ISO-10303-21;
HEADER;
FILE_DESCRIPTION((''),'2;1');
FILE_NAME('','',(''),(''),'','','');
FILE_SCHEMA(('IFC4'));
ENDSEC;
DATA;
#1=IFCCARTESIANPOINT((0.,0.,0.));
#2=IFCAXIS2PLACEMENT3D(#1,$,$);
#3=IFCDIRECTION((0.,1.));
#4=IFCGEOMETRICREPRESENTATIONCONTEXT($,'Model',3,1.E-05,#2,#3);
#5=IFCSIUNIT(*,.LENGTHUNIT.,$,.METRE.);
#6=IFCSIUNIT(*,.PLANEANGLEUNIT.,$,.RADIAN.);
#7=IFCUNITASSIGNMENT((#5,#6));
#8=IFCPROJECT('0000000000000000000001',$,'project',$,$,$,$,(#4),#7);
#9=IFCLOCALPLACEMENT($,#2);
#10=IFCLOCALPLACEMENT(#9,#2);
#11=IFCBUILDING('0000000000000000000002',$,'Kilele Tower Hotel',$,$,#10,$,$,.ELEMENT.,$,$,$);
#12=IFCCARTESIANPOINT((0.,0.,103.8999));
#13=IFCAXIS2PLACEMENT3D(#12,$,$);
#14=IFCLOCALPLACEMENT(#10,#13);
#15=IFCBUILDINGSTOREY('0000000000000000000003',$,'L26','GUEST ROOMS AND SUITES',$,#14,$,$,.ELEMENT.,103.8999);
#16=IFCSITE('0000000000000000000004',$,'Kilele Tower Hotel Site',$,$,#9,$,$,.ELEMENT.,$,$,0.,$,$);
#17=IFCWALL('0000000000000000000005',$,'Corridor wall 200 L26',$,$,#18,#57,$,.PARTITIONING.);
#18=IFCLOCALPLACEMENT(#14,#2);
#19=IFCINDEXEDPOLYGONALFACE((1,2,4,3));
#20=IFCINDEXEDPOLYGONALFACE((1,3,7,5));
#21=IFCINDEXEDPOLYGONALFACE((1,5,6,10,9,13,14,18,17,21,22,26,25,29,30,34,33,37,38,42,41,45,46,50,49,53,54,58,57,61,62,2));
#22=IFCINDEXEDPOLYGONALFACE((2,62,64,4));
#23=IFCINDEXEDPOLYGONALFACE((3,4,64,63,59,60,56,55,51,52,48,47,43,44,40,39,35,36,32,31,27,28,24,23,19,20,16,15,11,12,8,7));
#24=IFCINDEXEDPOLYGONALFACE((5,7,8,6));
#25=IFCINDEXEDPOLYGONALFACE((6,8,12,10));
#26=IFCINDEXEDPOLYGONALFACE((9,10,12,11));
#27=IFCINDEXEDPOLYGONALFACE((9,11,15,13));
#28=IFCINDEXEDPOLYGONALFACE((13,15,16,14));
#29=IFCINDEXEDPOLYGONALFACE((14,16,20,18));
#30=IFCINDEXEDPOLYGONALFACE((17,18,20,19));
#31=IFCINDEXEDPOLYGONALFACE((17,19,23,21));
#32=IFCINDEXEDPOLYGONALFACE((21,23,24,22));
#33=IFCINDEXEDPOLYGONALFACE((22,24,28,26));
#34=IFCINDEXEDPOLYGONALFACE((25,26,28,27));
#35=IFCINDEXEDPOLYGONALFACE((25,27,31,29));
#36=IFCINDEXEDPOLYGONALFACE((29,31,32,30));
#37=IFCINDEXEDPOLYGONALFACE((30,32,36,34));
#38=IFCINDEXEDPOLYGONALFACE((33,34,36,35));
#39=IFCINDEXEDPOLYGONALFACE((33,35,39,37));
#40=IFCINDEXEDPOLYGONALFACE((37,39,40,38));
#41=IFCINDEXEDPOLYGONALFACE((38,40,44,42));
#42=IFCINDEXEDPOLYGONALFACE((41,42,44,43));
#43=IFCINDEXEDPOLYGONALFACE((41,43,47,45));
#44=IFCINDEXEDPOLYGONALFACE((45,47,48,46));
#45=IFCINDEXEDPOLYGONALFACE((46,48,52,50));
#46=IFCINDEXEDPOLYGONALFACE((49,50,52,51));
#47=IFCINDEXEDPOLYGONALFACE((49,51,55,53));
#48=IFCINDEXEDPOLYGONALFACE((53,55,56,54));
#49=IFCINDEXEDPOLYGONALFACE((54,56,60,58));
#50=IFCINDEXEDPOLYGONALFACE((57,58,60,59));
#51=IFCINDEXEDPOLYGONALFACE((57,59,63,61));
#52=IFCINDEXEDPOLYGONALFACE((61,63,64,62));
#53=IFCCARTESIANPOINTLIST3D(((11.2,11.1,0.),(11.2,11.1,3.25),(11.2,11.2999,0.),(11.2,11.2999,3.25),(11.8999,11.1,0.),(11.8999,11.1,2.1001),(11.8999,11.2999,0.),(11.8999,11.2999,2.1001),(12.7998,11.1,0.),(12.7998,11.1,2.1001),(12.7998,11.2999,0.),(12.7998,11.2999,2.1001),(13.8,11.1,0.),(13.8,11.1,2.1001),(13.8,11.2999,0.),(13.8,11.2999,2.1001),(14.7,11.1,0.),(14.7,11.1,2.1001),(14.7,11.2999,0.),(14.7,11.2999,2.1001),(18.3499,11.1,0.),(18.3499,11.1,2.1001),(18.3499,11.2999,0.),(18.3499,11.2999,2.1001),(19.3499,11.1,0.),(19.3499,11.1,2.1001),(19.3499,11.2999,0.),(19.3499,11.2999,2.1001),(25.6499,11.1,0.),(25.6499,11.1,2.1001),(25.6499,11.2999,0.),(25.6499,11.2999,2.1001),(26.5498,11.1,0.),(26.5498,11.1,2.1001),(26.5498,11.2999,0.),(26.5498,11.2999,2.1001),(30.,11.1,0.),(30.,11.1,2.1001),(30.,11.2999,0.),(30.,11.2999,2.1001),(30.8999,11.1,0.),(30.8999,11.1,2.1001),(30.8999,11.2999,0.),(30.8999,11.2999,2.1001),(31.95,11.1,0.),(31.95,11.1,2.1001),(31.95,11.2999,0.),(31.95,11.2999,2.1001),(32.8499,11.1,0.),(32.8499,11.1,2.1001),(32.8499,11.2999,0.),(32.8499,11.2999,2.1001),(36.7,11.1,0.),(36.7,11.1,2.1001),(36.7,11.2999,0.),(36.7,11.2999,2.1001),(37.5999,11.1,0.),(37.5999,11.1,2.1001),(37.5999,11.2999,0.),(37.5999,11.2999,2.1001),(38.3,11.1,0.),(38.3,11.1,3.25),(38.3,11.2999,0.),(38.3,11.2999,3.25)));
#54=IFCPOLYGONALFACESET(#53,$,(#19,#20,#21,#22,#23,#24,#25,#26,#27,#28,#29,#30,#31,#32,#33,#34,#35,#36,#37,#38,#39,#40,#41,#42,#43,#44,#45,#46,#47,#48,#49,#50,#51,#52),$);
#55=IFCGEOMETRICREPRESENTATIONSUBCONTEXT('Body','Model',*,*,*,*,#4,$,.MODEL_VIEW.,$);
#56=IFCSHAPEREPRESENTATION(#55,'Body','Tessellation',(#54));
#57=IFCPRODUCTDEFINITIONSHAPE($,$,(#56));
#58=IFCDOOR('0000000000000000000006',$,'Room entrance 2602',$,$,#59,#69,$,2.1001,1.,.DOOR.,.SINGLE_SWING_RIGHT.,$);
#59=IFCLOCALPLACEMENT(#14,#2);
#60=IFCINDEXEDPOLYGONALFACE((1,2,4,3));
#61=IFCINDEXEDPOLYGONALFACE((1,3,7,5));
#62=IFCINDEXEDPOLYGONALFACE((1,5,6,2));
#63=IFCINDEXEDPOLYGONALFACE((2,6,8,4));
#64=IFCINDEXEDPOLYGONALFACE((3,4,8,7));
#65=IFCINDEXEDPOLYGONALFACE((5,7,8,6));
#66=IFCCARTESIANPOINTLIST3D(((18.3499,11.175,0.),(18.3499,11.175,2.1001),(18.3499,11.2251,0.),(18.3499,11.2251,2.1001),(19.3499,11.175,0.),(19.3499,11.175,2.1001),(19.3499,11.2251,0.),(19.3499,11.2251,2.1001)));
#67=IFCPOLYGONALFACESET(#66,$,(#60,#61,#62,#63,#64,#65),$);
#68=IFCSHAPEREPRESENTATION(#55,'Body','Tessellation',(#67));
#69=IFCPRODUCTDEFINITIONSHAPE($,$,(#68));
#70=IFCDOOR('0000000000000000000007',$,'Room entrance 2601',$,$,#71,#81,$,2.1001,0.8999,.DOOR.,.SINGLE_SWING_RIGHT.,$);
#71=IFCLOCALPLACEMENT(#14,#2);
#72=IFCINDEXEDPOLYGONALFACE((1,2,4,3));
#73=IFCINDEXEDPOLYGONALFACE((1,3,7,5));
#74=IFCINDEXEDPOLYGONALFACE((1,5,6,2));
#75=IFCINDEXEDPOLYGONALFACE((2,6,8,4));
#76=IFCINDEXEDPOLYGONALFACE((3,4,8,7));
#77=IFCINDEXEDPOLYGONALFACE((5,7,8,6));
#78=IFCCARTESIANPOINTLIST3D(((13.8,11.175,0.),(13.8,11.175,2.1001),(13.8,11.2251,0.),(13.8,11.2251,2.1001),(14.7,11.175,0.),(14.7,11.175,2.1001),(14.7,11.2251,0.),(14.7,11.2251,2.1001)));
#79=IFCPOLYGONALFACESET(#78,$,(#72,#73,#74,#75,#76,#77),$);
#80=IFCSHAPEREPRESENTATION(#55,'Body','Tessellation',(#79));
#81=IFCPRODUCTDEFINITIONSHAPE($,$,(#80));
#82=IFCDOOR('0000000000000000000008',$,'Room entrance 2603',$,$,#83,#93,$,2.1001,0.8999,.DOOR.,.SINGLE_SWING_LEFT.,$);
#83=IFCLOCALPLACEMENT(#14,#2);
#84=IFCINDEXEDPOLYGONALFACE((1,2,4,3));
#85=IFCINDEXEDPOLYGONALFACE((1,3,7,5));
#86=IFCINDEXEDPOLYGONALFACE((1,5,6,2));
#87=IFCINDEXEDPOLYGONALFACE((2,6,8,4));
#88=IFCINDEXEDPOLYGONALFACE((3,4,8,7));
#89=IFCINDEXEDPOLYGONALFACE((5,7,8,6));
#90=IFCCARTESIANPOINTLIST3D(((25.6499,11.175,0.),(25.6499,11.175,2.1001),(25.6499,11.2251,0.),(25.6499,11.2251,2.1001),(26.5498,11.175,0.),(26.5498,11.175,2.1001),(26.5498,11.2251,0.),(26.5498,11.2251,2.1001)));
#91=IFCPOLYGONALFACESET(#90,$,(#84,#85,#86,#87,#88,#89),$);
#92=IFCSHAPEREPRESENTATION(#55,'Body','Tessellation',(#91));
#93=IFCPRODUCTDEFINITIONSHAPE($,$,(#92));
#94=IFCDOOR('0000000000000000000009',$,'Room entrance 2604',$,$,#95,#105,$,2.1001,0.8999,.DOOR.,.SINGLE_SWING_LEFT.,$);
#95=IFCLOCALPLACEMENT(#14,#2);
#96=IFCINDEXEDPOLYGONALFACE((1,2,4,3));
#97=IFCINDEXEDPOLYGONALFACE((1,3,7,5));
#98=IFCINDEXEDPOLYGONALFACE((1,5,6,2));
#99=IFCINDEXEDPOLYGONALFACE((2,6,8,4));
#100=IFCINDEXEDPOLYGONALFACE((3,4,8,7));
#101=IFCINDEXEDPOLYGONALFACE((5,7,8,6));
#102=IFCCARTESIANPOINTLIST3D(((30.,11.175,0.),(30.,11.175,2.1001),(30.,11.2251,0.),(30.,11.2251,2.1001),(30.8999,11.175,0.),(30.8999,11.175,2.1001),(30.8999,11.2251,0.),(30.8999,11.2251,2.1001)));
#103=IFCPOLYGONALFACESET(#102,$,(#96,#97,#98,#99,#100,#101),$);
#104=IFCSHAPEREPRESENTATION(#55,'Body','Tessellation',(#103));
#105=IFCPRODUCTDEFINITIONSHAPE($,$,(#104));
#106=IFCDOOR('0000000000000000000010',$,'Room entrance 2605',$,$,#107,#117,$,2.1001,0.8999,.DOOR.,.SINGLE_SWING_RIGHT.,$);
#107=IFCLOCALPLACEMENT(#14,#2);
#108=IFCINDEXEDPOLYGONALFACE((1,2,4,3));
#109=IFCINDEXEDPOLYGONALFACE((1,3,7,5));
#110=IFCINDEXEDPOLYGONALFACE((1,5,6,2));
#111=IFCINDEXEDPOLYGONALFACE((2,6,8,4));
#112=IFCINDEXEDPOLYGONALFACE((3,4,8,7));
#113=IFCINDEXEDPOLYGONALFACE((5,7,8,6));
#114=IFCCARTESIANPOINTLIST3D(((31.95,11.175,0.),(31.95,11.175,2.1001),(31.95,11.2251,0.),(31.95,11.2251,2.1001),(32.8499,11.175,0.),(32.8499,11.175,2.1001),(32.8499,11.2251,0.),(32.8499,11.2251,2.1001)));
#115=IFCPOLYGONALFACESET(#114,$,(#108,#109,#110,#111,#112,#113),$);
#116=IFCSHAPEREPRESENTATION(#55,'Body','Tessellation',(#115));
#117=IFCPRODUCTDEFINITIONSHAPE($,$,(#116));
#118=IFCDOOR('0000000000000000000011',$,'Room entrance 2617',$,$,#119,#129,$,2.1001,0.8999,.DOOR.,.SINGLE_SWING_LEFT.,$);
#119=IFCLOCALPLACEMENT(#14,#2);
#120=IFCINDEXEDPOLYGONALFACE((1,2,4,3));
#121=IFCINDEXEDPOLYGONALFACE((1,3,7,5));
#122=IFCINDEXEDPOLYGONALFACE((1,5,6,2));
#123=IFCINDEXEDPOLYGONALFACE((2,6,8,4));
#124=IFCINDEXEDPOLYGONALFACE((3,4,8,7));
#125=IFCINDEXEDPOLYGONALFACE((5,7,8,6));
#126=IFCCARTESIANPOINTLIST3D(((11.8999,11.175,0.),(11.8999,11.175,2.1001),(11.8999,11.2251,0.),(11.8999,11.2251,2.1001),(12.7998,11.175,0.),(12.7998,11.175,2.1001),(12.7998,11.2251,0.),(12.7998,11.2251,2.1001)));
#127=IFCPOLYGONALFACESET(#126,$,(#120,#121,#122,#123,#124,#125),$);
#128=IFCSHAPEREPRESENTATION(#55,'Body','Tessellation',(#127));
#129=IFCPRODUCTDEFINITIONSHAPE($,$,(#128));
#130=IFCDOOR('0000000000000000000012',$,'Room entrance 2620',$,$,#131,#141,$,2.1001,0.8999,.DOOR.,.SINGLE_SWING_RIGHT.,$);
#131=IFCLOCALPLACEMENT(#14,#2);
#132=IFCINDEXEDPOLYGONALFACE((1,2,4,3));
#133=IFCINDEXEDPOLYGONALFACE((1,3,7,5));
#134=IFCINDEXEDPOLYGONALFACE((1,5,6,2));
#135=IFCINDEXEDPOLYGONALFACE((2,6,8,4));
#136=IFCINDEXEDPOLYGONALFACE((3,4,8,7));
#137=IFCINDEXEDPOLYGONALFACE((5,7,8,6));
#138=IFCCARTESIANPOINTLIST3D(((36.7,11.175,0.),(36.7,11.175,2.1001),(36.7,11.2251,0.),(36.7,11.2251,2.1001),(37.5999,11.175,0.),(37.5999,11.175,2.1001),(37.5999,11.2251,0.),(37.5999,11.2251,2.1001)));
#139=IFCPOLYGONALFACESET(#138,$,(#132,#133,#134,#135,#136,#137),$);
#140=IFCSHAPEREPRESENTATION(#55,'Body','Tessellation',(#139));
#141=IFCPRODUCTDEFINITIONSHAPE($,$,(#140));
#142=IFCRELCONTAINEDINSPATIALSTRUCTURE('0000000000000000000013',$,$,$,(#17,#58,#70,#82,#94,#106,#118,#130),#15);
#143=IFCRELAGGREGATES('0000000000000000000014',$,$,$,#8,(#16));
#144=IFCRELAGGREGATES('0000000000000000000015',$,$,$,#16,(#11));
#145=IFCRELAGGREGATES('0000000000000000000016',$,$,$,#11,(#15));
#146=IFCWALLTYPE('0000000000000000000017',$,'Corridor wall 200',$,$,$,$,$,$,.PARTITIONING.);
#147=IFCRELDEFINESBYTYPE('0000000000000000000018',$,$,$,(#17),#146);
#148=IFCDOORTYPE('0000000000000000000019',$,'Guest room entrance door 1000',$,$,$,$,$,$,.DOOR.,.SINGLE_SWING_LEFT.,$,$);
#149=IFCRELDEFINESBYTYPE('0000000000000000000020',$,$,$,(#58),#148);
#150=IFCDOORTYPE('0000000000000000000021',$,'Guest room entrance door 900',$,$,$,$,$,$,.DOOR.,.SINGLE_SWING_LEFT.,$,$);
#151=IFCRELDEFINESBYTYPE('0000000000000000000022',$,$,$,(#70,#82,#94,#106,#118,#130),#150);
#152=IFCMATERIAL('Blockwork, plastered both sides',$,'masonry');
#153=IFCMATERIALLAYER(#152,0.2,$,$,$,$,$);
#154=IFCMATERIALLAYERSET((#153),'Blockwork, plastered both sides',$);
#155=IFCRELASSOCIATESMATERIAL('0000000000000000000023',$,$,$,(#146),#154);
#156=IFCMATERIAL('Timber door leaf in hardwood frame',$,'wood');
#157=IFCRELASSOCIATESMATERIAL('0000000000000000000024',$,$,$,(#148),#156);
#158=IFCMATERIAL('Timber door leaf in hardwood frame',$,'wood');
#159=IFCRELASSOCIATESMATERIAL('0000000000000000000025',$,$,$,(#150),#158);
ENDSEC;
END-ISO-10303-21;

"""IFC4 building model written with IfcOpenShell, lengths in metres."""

from ifc_helpers import new_model, si_unit, direction, frame, frame_2d, origin, place, context, subcontext, project, spatial, rectangle, extrude, material, layer, layer_set, type_object, element, fill, save


model = new_model("IFC4")

# Units and contexts
model_context = context("Model", 3, precision=1e-05, world=origin(), true_north=direction((0.0, 1.0)))
body_context = subcontext(model_context, "Body", "Model", "MODEL_VIEW")
ifc_project = project(units=[si_unit("LENGTHUNIT", "METRE"), si_unit("PLANEANGLEUNIT", "RADIAN")], contexts=[model_context])

# Site, building, storey
site_placement = place(None, origin())
site = spatial("IfcSite", under=ifc_project, at=site_placement, Name="Kilele Tower Hotel Site", CompositionType="ELEMENT", RefElevation=0.0)
building_placement = place(site_placement, origin())
building = spatial("IfcBuilding", under=site, at=building_placement, Name="Kilele Tower Hotel", CompositionType="ELEMENT")
storey_placement = place(building_placement, frame((0.0, 0.0, 103.8999)))
storey = spatial("IfcBuildingStorey", under=building, at=storey_placement, Name="L26", Description="GUEST ROOMS AND SUITES", CompositionType="ELEMENT", Elevation=103.8999)

# Wall, openings, doors
ifc_material_1 = material(Name="Blockwork, plastered both sides", Category="masonry")
ifc_layer_1 = layer(ifc_material_1, 0.2)
ifc_layer_set_1 = layer_set([ifc_layer_1], Name="Blockwork, plastered both sides")
wall_type_1 = type_object("IfcWallType", Name="Corridor wall 200", PredefinedType="PARTITIONING", material=ifc_layer_set_1)
wall_1_placement = place(storey_placement, frame((11.2, 11.2, 0.0), z_axis=(0.0, 0.0, 1.0), x_axis=(1.0, 0.0, 0.0)))
wall_1 = element("IfcWall", 1, at=wall_1_placement, inside=storey, type_object=wall_type_1, Name="Corridor wall 200 L26", PredefinedType="PARTITIONING", context=body_context, shape_type="SweptSolid", body=[
    extrude(rectangle(XDim=27.1001, YDim=0.2, at=frame_2d((13.55, 0.0))), origin(), (0.0, 0.0, 1.0), 3.25),
])
opening_1_placement = place(wall_1_placement, frame((3.5, 0.0, 0.0), z_axis=(0.0, 0.0, 1.0), x_axis=(-1.0, 0.0, 0.0)))
opening_1 = element("IfcOpeningElement", 2, at=opening_1_placement, cuts=wall_1, PredefinedType="OPENING", context=body_context, shape_type="SweptSolid", body=[
    extrude(rectangle(XDim=0.8999, YDim=2.1001, at=frame_2d((0.45, 1.05))), frame((0.0, 0.1099, 0.0), z_axis=(0.0, -1.0, 0.0), x_axis=(1.0, 0.0, 0.0)), (0.0, 0.0, 1.0), 0.22),
])
opening_2_placement = place(wall_1_placement, frame((8.1499, 0.0, 0.0), z_axis=(0.0, 0.0, 1.0), x_axis=(-1.0, 0.0, 0.0)))
opening_2 = element("IfcOpeningElement", 3, at=opening_2_placement, cuts=wall_1, PredefinedType="OPENING", context=body_context, shape_type="SweptSolid", body=[
    extrude(rectangle(XDim=1.0, YDim=2.1001, at=frame_2d((0.5, 1.05))), frame((0.0, 0.1099, 0.0), z_axis=(0.0, -1.0, 0.0), x_axis=(1.0, 0.0, 0.0)), (0.0, 0.0, 1.0), 0.22),
])
opening_3_placement = place(wall_1_placement, frame((15.3499, 0.0, 0.0), z_axis=(0.0, 0.0, 1.0), x_axis=(-1.0, 0.0, 0.0)))
opening_3 = element("IfcOpeningElement", 4, at=opening_3_placement, cuts=wall_1, PredefinedType="OPENING", context=body_context, shape_type="SweptSolid", body=[
    extrude(rectangle(XDim=0.8999, YDim=2.1001, at=frame_2d((0.45, 1.05))), frame((0.0, 0.1099, 0.0), z_axis=(0.0, -1.0, 0.0), x_axis=(1.0, 0.0, 0.0)), (0.0, 0.0, 1.0), 0.22),
])
opening_4_placement = place(wall_1_placement, frame((19.7, 0.0, 0.0), z_axis=(0.0, 0.0, 1.0), x_axis=(-1.0, 0.0, 0.0)))
opening_4 = element("IfcOpeningElement", 5, at=opening_4_placement, cuts=wall_1, PredefinedType="OPENING", context=body_context, shape_type="SweptSolid", body=[
    extrude(rectangle(XDim=0.8999, YDim=2.1001, at=frame_2d((0.45, 1.05))), frame((0.0, 0.1099, 0.0), z_axis=(0.0, -1.0, 0.0), x_axis=(1.0, 0.0, 0.0)), (0.0, 0.0, 1.0), 0.22),
])
opening_5_placement = place(wall_1_placement, frame((21.6499, 0.0, 0.0), z_axis=(0.0, 0.0, 1.0), x_axis=(-1.0, 0.0, 0.0)))
opening_5 = element("IfcOpeningElement", 6, at=opening_5_placement, cuts=wall_1, PredefinedType="OPENING", context=body_context, shape_type="SweptSolid", body=[
    extrude(rectangle(XDim=0.8999, YDim=2.1001, at=frame_2d((0.45, 1.05))), frame((0.0, 0.1099, 0.0), z_axis=(0.0, -1.0, 0.0), x_axis=(1.0, 0.0, 0.0)), (0.0, 0.0, 1.0), 0.22),
])
opening_6_placement = place(wall_1_placement, frame((1.5999, 0.0, 0.0), z_axis=(0.0, 0.0, 1.0), x_axis=(-1.0, 0.0, 0.0)))
opening_6 = element("IfcOpeningElement", 7, at=opening_6_placement, cuts=wall_1, PredefinedType="OPENING", context=body_context, shape_type="SweptSolid", body=[
    extrude(rectangle(XDim=0.8999, YDim=2.1001, at=frame_2d((0.45, 1.05))), frame((0.0, 0.1099, 0.0), z_axis=(0.0, -1.0, 0.0), x_axis=(1.0, 0.0, 0.0)), (0.0, 0.0, 1.0), 0.22),
])
opening_7_placement = place(wall_1_placement, frame((26.3999, 0.0, 0.0), z_axis=(0.0, 0.0, 1.0), x_axis=(-1.0, 0.0, 0.0)))
opening_7 = element("IfcOpeningElement", 8, at=opening_7_placement, cuts=wall_1, PredefinedType="OPENING", context=body_context, shape_type="SweptSolid", body=[
    extrude(rectangle(XDim=0.8999, YDim=2.1001, at=frame_2d((0.45, 1.05))), frame((0.0, 0.1099, 0.0), z_axis=(0.0, -1.0, 0.0), x_axis=(1.0, 0.0, 0.0)), (0.0, 0.0, 1.0), 0.22),
])
ifc_material_2 = material(Name="Timber door leaf in hardwood frame", Category="wood")
door_type_1 = type_object("IfcDoorType", Name="Guest room entrance door 1000", OperationType="SINGLE_SWING_LEFT", PredefinedType="DOOR", material=ifc_material_2)
door_1_placement = place(opening_2_placement, origin())
door_1 = element("IfcDoor", 9, at=door_1_placement, inside=storey, type_object=door_type_1, Name="Room entrance 2602", OperationType="SINGLE_SWING_RIGHT", OverallHeight=2.1001, OverallWidth=1.0, PredefinedType="DOOR", context=body_context, shape_type="SweptSolid", body=[
    extrude(rectangle(XDim=1.0, YDim=2.1001, at=frame_2d((0.5, 1.05))), frame((0.0, 0.0249, 0.0), z_axis=(0.0, -1.0, 0.0), x_axis=(1.0, 0.0, 0.0)), (0.0, 0.0, 1.0), 0.05),
])
fill(opening_2, door_1)
ifc_material_3 = material(Name="Timber door leaf in hardwood frame", Category="wood")
door_type_2 = type_object("IfcDoorType", Name="Guest room entrance door 900", OperationType="SINGLE_SWING_LEFT", PredefinedType="DOOR", material=ifc_material_3)
door_2_placement = place(opening_1_placement, origin())
door_2 = element("IfcDoor", 10, at=door_2_placement, inside=storey, type_object=door_type_2, Name="Room entrance 2601", OperationType="SINGLE_SWING_RIGHT", OverallHeight=2.1001, OverallWidth=0.8999, PredefinedType="DOOR", context=body_context, shape_type="SweptSolid", body=[
    extrude(rectangle(XDim=0.8999, YDim=2.1001, at=frame_2d((0.45, 1.05))), frame((0.0, 0.0249, 0.0), z_axis=(0.0, -1.0, 0.0), x_axis=(1.0, 0.0, 0.0)), (0.0, 0.0, 1.0), 0.05),
])
fill(opening_1, door_2)
door_3_placement = place(opening_3_placement, origin())
door_3 = element("IfcDoor", 11, at=door_3_placement, inside=storey, type_object=door_type_2, Name="Room entrance 2603", OperationType="SINGLE_SWING_LEFT", OverallHeight=2.1001, OverallWidth=0.8999, PredefinedType="DOOR", context=body_context, shape_type="SweptSolid", body=[
    extrude(rectangle(XDim=0.8999, YDim=2.1001, at=frame_2d((0.45, 1.05))), frame((0.0, 0.0249, 0.0), z_axis=(0.0, -1.0, 0.0), x_axis=(1.0, 0.0, 0.0)), (0.0, 0.0, 1.0), 0.05),
])
fill(opening_3, door_3)
door_4_placement = place(opening_4_placement, origin())
door_4 = element("IfcDoor", 12, at=door_4_placement, inside=storey, type_object=door_type_2, Name="Room entrance 2604", OperationType="SINGLE_SWING_LEFT", OverallHeight=2.1001, OverallWidth=0.8999, PredefinedType="DOOR", context=body_context, shape_type="SweptSolid", body=[
    extrude(rectangle(XDim=0.8999, YDim=2.1001, at=frame_2d((0.45, 1.05))), frame((0.0, 0.0249, 0.0), z_axis=(0.0, -1.0, 0.0), x_axis=(1.0, 0.0, 0.0)), (0.0, 0.0, 1.0), 0.05),
])
fill(opening_4, door_4)
door_5_placement = place(opening_5_placement, origin())
door_5 = element("IfcDoor", 13, at=door_5_placement, inside=storey, type_object=door_type_2, Name="Room entrance 2605", OperationType="SINGLE_SWING_RIGHT", OverallHeight=2.1001, OverallWidth=0.8999, PredefinedType="DOOR", context=body_context, shape_type="SweptSolid", body=[
    extrude(rectangle(XDim=0.8999, YDim=2.1001, at=frame_2d((0.45, 1.05))), frame((0.0, 0.0249, 0.0), z_axis=(0.0, -1.0, 0.0), x_axis=(1.0, 0.0, 0.0)), (0.0, 0.0, 1.0), 0.05),
])
fill(opening_5, door_5)
door_6_placement = place(opening_6_placement, origin())
door_6 = element("IfcDoor", 14, at=door_6_placement, inside=storey, type_object=door_type_2, Name="Room entrance 2617", OperationType="SINGLE_SWING_LEFT", OverallHeight=2.1001, OverallWidth=0.8999, PredefinedType="DOOR", context=body_context, shape_type="SweptSolid", body=[
    extrude(rectangle(XDim=0.8999, YDim=2.1001, at=frame_2d((0.45, 1.05))), frame((0.0, 0.0249, 0.0), z_axis=(0.0, -1.0, 0.0), x_axis=(1.0, 0.0, 0.0)), (0.0, 0.0, 1.0), 0.05),
])
fill(opening_6, door_6)
door_7_placement = place(opening_7_placement, origin())
door_7 = element("IfcDoor", 15, at=door_7_placement, inside=storey, type_object=door_type_2, Name="Room entrance 2620", OperationType="SINGLE_SWING_RIGHT", OverallHeight=2.1001, OverallWidth=0.8999, PredefinedType="DOOR", context=body_context, shape_type="SweptSolid", body=[
    extrude(rectangle(XDim=0.8999, YDim=2.1001, at=frame_2d((0.45, 1.05))), frame((0.0, 0.0249, 0.0), z_axis=(0.0, -1.0, 0.0), x_axis=(1.0, 0.0, 0.0)), (0.0, 0.0, 1.0), 0.05),
])
fill(opening_7, door_7)

save(model, "model.ifc")
